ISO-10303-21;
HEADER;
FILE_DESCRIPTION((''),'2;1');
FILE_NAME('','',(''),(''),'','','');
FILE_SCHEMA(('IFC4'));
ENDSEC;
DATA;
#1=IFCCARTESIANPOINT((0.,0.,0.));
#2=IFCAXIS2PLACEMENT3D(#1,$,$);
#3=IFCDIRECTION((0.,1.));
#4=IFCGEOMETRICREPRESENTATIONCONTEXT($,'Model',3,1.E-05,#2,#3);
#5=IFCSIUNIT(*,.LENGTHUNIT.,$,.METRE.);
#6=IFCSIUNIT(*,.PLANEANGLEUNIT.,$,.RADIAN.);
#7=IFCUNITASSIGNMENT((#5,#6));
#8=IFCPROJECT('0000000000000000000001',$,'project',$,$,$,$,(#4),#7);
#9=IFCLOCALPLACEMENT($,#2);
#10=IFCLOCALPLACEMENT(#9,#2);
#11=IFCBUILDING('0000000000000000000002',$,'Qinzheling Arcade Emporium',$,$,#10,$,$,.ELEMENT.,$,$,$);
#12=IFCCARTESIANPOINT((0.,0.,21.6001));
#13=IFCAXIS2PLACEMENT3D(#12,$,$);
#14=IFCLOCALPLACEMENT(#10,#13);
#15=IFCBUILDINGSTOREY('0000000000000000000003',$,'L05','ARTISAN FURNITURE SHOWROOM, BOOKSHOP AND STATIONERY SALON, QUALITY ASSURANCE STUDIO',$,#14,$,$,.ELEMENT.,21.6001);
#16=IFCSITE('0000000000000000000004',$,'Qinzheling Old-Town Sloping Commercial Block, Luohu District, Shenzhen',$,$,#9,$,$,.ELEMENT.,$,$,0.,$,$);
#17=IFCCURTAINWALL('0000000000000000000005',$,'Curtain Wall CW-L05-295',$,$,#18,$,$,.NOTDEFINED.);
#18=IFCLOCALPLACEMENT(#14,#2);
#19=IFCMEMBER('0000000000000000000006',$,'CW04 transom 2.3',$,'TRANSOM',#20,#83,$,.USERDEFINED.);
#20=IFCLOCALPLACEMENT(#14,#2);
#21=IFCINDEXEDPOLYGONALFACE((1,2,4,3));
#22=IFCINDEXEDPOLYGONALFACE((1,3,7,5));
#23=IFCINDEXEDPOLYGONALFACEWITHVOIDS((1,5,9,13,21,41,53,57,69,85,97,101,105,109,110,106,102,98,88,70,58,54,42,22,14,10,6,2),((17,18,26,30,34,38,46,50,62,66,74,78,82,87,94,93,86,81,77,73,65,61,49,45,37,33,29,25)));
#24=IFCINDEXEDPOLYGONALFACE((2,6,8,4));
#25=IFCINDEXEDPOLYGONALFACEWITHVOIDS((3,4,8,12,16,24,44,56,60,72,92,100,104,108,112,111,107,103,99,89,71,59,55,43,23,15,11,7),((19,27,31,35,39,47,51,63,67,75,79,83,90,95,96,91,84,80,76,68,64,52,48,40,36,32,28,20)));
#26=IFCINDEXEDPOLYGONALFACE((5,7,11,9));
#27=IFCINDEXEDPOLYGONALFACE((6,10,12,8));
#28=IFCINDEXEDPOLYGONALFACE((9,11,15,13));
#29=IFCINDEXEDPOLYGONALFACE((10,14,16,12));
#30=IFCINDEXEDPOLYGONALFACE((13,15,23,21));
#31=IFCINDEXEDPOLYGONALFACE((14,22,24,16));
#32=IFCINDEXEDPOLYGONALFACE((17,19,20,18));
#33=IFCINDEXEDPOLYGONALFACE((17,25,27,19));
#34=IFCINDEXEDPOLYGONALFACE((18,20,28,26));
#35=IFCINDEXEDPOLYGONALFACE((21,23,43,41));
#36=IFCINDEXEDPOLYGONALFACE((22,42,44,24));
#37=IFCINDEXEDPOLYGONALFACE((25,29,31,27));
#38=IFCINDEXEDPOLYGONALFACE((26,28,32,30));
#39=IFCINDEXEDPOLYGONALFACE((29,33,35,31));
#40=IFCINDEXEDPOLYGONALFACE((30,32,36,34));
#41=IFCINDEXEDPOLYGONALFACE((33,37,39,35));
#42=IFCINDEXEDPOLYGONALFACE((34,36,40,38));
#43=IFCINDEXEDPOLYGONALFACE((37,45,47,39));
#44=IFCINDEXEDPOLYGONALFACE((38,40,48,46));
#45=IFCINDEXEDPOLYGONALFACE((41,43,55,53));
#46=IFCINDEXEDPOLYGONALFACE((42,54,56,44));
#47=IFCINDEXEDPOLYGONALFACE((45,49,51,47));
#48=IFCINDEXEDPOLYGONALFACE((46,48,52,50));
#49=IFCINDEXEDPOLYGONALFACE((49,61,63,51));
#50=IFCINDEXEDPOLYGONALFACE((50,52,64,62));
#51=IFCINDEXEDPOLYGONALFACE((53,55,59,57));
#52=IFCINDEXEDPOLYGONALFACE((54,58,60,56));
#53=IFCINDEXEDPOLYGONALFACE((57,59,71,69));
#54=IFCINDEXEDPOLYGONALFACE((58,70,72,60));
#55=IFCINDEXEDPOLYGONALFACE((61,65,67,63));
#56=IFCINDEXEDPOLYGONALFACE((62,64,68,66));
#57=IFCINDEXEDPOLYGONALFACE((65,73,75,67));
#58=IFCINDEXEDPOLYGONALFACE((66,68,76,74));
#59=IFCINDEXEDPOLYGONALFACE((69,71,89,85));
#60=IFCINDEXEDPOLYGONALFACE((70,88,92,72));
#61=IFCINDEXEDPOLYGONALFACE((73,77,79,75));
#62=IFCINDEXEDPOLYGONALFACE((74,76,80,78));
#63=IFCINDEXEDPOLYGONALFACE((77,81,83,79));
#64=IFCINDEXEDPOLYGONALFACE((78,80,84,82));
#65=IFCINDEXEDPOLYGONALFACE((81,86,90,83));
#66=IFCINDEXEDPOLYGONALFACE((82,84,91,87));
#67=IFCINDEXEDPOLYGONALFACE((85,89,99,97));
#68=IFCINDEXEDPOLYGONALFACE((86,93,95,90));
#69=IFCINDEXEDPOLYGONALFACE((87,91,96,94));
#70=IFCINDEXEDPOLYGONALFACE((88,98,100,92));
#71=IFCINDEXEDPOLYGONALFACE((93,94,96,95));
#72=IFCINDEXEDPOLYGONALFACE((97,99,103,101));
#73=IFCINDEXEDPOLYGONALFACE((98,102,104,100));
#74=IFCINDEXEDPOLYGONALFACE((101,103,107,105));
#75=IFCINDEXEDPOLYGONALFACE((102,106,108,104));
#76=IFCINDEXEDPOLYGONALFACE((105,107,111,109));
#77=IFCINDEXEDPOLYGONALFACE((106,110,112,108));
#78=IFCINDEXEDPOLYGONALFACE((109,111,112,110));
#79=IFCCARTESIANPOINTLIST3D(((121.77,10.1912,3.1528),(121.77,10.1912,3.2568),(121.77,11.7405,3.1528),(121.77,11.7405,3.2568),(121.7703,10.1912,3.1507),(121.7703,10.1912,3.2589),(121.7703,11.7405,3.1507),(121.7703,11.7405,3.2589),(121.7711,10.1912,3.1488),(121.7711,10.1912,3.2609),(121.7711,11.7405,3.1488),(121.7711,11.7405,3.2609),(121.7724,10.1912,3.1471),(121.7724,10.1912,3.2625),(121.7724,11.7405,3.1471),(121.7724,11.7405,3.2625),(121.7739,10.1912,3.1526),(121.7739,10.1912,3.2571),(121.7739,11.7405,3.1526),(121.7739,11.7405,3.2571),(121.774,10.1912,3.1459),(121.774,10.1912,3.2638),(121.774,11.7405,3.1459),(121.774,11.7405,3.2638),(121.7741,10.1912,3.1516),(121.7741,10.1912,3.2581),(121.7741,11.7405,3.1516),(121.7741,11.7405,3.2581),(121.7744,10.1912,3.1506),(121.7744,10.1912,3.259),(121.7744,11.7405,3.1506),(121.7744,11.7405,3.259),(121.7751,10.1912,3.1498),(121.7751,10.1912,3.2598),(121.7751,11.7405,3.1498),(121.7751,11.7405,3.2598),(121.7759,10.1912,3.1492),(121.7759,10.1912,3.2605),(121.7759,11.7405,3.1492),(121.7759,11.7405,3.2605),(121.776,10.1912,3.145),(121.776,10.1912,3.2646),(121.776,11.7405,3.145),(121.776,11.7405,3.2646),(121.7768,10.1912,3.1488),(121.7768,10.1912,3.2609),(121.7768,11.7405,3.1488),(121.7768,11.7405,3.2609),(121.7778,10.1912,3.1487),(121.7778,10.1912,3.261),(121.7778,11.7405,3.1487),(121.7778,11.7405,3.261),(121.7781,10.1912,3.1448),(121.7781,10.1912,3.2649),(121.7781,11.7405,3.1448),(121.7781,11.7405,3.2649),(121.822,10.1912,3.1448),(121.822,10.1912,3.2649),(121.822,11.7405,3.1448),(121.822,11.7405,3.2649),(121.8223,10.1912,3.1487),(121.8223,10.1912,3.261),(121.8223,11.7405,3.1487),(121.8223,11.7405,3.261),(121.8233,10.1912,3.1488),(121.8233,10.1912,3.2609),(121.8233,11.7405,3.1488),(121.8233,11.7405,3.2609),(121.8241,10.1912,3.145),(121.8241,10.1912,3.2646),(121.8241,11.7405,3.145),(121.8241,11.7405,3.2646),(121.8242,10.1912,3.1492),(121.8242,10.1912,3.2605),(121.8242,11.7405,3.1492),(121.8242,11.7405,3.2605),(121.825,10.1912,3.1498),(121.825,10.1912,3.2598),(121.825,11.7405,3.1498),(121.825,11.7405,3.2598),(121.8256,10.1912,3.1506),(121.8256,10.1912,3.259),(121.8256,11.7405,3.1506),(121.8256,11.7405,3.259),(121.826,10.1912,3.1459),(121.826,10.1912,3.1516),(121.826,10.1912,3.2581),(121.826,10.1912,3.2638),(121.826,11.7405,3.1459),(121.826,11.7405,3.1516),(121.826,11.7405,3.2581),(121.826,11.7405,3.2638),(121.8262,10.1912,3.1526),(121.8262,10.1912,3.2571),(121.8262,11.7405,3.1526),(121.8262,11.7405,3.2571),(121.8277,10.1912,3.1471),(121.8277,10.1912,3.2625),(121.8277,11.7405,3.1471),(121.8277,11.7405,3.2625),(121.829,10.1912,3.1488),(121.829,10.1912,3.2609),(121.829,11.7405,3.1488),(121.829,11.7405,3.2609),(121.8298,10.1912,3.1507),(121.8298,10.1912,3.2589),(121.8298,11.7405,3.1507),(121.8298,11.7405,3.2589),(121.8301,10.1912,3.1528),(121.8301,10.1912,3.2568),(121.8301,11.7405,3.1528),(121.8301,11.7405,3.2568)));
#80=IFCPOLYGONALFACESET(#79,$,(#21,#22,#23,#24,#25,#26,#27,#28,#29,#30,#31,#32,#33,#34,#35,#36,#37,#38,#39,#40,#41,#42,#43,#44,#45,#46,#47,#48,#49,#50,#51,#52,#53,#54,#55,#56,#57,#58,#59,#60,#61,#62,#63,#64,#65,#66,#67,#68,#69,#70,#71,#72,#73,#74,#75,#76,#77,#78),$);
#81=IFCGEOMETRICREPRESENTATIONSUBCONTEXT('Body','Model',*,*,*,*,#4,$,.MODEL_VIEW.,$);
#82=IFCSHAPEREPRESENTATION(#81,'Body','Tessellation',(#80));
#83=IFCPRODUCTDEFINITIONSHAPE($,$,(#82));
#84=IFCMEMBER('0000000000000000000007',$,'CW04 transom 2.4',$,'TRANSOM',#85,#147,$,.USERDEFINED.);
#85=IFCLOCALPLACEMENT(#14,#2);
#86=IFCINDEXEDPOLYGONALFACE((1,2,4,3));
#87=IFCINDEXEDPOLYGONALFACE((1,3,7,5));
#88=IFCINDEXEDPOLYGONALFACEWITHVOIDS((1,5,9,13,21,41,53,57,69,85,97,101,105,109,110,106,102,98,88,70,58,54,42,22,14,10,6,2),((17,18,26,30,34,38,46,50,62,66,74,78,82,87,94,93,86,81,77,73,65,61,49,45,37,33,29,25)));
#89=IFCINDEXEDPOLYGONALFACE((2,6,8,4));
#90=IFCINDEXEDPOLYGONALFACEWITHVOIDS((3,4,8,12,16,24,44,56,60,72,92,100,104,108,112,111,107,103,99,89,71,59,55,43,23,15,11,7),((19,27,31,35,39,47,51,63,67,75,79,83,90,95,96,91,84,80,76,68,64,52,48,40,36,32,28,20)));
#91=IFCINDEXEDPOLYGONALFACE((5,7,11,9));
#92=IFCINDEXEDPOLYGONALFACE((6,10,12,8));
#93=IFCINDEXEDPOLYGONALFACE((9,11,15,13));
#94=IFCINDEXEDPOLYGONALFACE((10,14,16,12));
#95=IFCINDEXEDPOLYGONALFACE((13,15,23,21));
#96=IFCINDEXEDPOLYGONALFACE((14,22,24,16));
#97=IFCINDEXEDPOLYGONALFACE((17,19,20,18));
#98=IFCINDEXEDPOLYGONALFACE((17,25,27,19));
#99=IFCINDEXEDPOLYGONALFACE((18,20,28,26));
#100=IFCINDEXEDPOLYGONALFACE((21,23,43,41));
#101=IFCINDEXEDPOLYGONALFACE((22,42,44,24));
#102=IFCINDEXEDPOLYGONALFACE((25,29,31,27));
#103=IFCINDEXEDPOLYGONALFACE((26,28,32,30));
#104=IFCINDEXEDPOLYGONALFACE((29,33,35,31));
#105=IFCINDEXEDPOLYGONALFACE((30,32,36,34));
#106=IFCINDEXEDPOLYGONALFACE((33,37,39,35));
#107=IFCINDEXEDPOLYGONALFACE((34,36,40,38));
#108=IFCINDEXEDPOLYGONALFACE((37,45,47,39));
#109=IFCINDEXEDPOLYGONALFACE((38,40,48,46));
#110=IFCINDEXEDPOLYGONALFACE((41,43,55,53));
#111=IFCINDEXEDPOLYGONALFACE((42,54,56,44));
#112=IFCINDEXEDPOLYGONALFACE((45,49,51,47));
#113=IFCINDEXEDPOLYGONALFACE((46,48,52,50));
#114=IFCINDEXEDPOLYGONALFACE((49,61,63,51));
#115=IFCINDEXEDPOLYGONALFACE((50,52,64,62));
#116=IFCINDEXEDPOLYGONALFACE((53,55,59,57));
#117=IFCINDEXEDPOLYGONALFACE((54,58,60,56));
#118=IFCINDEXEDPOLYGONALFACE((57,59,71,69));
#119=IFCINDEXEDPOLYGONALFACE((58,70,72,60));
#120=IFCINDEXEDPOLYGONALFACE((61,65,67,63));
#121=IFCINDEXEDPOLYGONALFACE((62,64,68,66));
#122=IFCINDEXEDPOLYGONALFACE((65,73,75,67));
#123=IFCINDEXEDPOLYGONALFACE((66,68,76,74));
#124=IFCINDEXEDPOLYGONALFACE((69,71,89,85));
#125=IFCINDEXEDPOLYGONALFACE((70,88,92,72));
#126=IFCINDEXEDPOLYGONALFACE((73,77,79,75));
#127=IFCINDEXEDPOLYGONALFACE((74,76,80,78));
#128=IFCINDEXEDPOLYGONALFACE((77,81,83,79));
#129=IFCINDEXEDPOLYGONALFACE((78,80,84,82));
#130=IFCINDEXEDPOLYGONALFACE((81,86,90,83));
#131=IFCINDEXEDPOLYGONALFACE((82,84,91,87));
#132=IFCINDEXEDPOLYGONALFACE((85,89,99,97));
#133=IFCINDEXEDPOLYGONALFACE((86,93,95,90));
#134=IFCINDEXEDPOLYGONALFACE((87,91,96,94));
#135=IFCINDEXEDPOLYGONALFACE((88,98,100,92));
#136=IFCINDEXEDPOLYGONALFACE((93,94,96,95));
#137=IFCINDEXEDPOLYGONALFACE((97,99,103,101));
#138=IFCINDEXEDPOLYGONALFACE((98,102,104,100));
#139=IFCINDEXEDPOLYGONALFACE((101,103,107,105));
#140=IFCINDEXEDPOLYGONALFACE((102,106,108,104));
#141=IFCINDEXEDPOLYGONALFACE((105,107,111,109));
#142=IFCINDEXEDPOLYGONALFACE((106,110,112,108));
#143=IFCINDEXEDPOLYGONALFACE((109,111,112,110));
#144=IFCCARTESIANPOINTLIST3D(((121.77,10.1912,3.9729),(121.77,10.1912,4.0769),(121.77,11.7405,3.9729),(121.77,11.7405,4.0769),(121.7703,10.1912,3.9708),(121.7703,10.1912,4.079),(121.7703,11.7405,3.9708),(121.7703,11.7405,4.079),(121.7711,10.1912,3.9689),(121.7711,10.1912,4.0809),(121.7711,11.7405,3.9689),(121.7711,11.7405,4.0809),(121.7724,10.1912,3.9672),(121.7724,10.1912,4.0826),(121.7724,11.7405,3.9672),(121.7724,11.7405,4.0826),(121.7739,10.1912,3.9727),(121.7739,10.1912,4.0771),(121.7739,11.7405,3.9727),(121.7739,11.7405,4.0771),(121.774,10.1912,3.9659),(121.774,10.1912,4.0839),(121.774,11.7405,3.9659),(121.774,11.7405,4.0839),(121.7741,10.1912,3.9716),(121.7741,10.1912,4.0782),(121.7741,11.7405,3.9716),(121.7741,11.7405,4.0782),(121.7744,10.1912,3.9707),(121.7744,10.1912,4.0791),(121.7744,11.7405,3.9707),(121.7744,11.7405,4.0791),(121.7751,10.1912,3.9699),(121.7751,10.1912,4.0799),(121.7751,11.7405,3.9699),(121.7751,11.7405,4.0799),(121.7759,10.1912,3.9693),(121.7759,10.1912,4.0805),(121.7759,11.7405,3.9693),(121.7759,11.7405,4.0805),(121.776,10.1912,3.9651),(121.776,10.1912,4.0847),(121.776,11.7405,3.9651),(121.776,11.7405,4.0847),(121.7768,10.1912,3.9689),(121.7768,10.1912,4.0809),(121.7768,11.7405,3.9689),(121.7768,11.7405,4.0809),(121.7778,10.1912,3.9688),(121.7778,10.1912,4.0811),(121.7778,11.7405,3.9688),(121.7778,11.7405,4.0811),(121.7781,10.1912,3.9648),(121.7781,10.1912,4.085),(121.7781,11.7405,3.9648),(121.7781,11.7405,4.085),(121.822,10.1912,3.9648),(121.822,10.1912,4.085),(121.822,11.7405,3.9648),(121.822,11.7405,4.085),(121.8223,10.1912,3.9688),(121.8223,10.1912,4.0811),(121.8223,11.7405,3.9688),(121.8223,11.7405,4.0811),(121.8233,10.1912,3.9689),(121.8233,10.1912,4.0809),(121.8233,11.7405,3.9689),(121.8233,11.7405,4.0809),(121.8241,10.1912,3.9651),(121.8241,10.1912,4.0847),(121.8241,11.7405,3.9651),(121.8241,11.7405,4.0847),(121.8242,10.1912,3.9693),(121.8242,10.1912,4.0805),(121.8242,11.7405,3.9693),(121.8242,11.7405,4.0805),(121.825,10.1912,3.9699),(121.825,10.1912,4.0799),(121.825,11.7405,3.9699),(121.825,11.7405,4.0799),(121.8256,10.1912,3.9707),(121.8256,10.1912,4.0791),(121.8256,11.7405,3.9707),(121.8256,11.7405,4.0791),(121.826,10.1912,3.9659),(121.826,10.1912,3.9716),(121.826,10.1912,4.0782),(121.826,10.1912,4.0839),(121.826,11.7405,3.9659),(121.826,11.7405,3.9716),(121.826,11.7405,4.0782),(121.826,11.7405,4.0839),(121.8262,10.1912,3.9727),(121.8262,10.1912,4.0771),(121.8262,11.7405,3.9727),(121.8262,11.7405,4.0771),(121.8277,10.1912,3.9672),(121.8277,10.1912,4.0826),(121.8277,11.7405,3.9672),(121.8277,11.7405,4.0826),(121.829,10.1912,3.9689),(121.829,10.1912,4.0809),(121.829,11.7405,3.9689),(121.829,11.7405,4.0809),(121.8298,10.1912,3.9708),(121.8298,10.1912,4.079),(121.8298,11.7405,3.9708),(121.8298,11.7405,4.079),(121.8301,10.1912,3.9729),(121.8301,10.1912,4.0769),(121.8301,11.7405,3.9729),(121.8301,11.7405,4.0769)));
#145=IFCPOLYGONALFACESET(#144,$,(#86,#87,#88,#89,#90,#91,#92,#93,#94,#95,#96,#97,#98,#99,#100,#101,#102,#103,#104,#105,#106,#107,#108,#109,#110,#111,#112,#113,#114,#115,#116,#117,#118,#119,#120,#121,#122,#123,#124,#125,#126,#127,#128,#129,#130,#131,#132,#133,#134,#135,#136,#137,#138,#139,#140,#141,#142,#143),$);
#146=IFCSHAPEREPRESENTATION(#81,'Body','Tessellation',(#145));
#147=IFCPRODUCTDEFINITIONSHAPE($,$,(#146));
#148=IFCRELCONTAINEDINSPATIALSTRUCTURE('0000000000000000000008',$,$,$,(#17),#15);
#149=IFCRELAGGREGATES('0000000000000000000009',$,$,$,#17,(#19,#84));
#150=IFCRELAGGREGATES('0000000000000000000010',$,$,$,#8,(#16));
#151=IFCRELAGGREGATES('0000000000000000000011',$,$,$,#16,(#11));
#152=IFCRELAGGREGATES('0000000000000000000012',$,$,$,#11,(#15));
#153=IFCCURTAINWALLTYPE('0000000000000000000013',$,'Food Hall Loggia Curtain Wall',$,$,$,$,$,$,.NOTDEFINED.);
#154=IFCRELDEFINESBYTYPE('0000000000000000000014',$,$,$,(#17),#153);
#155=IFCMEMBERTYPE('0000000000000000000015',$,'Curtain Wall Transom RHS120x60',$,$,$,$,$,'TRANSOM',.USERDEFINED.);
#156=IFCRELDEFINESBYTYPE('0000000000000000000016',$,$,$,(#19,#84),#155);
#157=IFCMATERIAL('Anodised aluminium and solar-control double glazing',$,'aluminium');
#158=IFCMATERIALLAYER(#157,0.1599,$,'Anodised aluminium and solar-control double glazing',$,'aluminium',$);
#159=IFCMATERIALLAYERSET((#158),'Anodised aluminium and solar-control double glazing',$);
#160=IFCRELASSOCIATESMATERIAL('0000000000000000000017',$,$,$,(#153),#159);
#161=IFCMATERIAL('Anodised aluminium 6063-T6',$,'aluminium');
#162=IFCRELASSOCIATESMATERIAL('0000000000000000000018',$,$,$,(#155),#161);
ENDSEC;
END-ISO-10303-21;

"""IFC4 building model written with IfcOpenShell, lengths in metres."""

from ifc_helpers import new_model, si_unit, direction, frame, origin, origin_2d, place, context, subcontext, project, spatial, hollow_rectangle, extrude, material, layer, layer_set, material_profile, profile_set, type_object, element, aggregate, save


model = new_model("IFC4")

# Units and contexts
model_context = context("Model", 3, precision=1e-05, world=origin(), true_north=direction((0.0, 1.0)))
body_context = subcontext(model_context, "Body", "Model", "MODEL_VIEW")
ifc_project = project(units=[si_unit("LENGTHUNIT", "METRE"), si_unit("PLANEANGLEUNIT", "RADIAN")], contexts=[model_context])

# Site, building, storey
site_placement = place(None, origin())
site = spatial("IfcSite", under=ifc_project, at=site_placement, Name="Qinzheling Old-Town Sloping Commercial Block, Luohu District, Shenzhen", CompositionType="ELEMENT", RefElevation=0.0)
building_placement = place(site_placement, origin())
building = spatial("IfcBuilding", under=site, at=building_placement, Name="Qinzheling Arcade Emporium", CompositionType="ELEMENT")
storey_placement = place(building_placement, frame((0.0, 0.0, 21.6001)))
storey = spatial("IfcBuildingStorey", under=building, at=storey_placement, Name="L05", Description="ARTISAN FURNITURE SHOWROOM, BOOKSHOP AND STATIONERY SALON, QUALITY ASSURANCE STUDIO", CompositionType="ELEMENT", Elevation=21.6001)

# Curtain wall, members
ifc_material_1 = material(Name="Anodised aluminium and solar-control double glazing", Category="aluminium")
ifc_layer_1 = layer(ifc_material_1, 0.1599, Name="Anodised aluminium and solar-control double glazing", Category="aluminium")
ifc_layer_set_1 = layer_set([ifc_layer_1], Name="Anodised aluminium and solar-control double glazing")
curtain_wall_type = type_object("IfcCurtainWallType", Name="Food Hall Loggia Curtain Wall", PredefinedType="NOTDEFINED", material=ifc_layer_set_1)
curtain_wall_placement = place(storey_placement, origin())
curtain_wall = element("IfcCurtainWall", 1, at=curtain_wall_placement, inside=storey, type_object=curtain_wall_type, Name="Curtain Wall CW-L05-295", PredefinedType="NOTDEFINED")
ifc_material_2 = material(Name="Anodised aluminium 6063-T6", Category="aluminium")
ifc_material_profile_1 = material_profile(ifc_material_2, hollow_rectangle(XDim=0.0601, YDim=0.1201, WallThickness=0.0039, InnerFilletRadius=0.0039, OuterFilletRadius=0.0081, at=origin_2d()), Name="RHS 120x60x4", Category="aluminium")
ifc_profile_set_1 = profile_set([ifc_material_profile_1], Name="Anodised aluminium 6063-T6")
member_type_1 = type_object("IfcMemberType", Name="Curtain Wall Transom RHS120x60", ElementType="TRANSOM", PredefinedType="USERDEFINED", material=ifc_profile_set_1)
member_1_placement = place(storey_placement, frame((121.8, 10.1912, 3.2048), z_axis=(0.0, 1.0, 0.0), x_axis=(-1.0, 0.0, 0.0)))
member_1 = element("IfcMember", 2, at=member_1_placement, type_object=member_type_1, Name="CW04 transom 2.3", ObjectType="TRANSOM", PredefinedType="USERDEFINED", context=body_context, shape_type="SweptSolid", body=[
    extrude(hollow_rectangle(XDim=0.0601, YDim=0.1201, WallThickness=0.0039, InnerFilletRadius=0.0039, OuterFilletRadius=0.0081, at=origin_2d()), origin(), (0.0, 0.0, 1.0), 1.5493),
])
member_2_placement = place(storey_placement, frame((121.8, 10.1912, 4.0249), z_axis=(0.0, 1.0, 0.0), x_axis=(-1.0, 0.0, 0.0)))
member_2 = element("IfcMember", 3, at=member_2_placement, type_object=member_type_1, Name="CW04 transom 2.4", ObjectType="TRANSOM", PredefinedType="USERDEFINED", context=body_context, shape_type="SweptSolid", body=[
    extrude(hollow_rectangle(XDim=0.0601, YDim=0.1201, WallThickness=0.0039, InnerFilletRadius=0.0039, OuterFilletRadius=0.0081, at=origin_2d()), origin(), (0.0, 0.0, 1.0), 1.5493),
])

aggregate(curtain_wall, [member_1, member_2])

save(model, "model.ifc")
